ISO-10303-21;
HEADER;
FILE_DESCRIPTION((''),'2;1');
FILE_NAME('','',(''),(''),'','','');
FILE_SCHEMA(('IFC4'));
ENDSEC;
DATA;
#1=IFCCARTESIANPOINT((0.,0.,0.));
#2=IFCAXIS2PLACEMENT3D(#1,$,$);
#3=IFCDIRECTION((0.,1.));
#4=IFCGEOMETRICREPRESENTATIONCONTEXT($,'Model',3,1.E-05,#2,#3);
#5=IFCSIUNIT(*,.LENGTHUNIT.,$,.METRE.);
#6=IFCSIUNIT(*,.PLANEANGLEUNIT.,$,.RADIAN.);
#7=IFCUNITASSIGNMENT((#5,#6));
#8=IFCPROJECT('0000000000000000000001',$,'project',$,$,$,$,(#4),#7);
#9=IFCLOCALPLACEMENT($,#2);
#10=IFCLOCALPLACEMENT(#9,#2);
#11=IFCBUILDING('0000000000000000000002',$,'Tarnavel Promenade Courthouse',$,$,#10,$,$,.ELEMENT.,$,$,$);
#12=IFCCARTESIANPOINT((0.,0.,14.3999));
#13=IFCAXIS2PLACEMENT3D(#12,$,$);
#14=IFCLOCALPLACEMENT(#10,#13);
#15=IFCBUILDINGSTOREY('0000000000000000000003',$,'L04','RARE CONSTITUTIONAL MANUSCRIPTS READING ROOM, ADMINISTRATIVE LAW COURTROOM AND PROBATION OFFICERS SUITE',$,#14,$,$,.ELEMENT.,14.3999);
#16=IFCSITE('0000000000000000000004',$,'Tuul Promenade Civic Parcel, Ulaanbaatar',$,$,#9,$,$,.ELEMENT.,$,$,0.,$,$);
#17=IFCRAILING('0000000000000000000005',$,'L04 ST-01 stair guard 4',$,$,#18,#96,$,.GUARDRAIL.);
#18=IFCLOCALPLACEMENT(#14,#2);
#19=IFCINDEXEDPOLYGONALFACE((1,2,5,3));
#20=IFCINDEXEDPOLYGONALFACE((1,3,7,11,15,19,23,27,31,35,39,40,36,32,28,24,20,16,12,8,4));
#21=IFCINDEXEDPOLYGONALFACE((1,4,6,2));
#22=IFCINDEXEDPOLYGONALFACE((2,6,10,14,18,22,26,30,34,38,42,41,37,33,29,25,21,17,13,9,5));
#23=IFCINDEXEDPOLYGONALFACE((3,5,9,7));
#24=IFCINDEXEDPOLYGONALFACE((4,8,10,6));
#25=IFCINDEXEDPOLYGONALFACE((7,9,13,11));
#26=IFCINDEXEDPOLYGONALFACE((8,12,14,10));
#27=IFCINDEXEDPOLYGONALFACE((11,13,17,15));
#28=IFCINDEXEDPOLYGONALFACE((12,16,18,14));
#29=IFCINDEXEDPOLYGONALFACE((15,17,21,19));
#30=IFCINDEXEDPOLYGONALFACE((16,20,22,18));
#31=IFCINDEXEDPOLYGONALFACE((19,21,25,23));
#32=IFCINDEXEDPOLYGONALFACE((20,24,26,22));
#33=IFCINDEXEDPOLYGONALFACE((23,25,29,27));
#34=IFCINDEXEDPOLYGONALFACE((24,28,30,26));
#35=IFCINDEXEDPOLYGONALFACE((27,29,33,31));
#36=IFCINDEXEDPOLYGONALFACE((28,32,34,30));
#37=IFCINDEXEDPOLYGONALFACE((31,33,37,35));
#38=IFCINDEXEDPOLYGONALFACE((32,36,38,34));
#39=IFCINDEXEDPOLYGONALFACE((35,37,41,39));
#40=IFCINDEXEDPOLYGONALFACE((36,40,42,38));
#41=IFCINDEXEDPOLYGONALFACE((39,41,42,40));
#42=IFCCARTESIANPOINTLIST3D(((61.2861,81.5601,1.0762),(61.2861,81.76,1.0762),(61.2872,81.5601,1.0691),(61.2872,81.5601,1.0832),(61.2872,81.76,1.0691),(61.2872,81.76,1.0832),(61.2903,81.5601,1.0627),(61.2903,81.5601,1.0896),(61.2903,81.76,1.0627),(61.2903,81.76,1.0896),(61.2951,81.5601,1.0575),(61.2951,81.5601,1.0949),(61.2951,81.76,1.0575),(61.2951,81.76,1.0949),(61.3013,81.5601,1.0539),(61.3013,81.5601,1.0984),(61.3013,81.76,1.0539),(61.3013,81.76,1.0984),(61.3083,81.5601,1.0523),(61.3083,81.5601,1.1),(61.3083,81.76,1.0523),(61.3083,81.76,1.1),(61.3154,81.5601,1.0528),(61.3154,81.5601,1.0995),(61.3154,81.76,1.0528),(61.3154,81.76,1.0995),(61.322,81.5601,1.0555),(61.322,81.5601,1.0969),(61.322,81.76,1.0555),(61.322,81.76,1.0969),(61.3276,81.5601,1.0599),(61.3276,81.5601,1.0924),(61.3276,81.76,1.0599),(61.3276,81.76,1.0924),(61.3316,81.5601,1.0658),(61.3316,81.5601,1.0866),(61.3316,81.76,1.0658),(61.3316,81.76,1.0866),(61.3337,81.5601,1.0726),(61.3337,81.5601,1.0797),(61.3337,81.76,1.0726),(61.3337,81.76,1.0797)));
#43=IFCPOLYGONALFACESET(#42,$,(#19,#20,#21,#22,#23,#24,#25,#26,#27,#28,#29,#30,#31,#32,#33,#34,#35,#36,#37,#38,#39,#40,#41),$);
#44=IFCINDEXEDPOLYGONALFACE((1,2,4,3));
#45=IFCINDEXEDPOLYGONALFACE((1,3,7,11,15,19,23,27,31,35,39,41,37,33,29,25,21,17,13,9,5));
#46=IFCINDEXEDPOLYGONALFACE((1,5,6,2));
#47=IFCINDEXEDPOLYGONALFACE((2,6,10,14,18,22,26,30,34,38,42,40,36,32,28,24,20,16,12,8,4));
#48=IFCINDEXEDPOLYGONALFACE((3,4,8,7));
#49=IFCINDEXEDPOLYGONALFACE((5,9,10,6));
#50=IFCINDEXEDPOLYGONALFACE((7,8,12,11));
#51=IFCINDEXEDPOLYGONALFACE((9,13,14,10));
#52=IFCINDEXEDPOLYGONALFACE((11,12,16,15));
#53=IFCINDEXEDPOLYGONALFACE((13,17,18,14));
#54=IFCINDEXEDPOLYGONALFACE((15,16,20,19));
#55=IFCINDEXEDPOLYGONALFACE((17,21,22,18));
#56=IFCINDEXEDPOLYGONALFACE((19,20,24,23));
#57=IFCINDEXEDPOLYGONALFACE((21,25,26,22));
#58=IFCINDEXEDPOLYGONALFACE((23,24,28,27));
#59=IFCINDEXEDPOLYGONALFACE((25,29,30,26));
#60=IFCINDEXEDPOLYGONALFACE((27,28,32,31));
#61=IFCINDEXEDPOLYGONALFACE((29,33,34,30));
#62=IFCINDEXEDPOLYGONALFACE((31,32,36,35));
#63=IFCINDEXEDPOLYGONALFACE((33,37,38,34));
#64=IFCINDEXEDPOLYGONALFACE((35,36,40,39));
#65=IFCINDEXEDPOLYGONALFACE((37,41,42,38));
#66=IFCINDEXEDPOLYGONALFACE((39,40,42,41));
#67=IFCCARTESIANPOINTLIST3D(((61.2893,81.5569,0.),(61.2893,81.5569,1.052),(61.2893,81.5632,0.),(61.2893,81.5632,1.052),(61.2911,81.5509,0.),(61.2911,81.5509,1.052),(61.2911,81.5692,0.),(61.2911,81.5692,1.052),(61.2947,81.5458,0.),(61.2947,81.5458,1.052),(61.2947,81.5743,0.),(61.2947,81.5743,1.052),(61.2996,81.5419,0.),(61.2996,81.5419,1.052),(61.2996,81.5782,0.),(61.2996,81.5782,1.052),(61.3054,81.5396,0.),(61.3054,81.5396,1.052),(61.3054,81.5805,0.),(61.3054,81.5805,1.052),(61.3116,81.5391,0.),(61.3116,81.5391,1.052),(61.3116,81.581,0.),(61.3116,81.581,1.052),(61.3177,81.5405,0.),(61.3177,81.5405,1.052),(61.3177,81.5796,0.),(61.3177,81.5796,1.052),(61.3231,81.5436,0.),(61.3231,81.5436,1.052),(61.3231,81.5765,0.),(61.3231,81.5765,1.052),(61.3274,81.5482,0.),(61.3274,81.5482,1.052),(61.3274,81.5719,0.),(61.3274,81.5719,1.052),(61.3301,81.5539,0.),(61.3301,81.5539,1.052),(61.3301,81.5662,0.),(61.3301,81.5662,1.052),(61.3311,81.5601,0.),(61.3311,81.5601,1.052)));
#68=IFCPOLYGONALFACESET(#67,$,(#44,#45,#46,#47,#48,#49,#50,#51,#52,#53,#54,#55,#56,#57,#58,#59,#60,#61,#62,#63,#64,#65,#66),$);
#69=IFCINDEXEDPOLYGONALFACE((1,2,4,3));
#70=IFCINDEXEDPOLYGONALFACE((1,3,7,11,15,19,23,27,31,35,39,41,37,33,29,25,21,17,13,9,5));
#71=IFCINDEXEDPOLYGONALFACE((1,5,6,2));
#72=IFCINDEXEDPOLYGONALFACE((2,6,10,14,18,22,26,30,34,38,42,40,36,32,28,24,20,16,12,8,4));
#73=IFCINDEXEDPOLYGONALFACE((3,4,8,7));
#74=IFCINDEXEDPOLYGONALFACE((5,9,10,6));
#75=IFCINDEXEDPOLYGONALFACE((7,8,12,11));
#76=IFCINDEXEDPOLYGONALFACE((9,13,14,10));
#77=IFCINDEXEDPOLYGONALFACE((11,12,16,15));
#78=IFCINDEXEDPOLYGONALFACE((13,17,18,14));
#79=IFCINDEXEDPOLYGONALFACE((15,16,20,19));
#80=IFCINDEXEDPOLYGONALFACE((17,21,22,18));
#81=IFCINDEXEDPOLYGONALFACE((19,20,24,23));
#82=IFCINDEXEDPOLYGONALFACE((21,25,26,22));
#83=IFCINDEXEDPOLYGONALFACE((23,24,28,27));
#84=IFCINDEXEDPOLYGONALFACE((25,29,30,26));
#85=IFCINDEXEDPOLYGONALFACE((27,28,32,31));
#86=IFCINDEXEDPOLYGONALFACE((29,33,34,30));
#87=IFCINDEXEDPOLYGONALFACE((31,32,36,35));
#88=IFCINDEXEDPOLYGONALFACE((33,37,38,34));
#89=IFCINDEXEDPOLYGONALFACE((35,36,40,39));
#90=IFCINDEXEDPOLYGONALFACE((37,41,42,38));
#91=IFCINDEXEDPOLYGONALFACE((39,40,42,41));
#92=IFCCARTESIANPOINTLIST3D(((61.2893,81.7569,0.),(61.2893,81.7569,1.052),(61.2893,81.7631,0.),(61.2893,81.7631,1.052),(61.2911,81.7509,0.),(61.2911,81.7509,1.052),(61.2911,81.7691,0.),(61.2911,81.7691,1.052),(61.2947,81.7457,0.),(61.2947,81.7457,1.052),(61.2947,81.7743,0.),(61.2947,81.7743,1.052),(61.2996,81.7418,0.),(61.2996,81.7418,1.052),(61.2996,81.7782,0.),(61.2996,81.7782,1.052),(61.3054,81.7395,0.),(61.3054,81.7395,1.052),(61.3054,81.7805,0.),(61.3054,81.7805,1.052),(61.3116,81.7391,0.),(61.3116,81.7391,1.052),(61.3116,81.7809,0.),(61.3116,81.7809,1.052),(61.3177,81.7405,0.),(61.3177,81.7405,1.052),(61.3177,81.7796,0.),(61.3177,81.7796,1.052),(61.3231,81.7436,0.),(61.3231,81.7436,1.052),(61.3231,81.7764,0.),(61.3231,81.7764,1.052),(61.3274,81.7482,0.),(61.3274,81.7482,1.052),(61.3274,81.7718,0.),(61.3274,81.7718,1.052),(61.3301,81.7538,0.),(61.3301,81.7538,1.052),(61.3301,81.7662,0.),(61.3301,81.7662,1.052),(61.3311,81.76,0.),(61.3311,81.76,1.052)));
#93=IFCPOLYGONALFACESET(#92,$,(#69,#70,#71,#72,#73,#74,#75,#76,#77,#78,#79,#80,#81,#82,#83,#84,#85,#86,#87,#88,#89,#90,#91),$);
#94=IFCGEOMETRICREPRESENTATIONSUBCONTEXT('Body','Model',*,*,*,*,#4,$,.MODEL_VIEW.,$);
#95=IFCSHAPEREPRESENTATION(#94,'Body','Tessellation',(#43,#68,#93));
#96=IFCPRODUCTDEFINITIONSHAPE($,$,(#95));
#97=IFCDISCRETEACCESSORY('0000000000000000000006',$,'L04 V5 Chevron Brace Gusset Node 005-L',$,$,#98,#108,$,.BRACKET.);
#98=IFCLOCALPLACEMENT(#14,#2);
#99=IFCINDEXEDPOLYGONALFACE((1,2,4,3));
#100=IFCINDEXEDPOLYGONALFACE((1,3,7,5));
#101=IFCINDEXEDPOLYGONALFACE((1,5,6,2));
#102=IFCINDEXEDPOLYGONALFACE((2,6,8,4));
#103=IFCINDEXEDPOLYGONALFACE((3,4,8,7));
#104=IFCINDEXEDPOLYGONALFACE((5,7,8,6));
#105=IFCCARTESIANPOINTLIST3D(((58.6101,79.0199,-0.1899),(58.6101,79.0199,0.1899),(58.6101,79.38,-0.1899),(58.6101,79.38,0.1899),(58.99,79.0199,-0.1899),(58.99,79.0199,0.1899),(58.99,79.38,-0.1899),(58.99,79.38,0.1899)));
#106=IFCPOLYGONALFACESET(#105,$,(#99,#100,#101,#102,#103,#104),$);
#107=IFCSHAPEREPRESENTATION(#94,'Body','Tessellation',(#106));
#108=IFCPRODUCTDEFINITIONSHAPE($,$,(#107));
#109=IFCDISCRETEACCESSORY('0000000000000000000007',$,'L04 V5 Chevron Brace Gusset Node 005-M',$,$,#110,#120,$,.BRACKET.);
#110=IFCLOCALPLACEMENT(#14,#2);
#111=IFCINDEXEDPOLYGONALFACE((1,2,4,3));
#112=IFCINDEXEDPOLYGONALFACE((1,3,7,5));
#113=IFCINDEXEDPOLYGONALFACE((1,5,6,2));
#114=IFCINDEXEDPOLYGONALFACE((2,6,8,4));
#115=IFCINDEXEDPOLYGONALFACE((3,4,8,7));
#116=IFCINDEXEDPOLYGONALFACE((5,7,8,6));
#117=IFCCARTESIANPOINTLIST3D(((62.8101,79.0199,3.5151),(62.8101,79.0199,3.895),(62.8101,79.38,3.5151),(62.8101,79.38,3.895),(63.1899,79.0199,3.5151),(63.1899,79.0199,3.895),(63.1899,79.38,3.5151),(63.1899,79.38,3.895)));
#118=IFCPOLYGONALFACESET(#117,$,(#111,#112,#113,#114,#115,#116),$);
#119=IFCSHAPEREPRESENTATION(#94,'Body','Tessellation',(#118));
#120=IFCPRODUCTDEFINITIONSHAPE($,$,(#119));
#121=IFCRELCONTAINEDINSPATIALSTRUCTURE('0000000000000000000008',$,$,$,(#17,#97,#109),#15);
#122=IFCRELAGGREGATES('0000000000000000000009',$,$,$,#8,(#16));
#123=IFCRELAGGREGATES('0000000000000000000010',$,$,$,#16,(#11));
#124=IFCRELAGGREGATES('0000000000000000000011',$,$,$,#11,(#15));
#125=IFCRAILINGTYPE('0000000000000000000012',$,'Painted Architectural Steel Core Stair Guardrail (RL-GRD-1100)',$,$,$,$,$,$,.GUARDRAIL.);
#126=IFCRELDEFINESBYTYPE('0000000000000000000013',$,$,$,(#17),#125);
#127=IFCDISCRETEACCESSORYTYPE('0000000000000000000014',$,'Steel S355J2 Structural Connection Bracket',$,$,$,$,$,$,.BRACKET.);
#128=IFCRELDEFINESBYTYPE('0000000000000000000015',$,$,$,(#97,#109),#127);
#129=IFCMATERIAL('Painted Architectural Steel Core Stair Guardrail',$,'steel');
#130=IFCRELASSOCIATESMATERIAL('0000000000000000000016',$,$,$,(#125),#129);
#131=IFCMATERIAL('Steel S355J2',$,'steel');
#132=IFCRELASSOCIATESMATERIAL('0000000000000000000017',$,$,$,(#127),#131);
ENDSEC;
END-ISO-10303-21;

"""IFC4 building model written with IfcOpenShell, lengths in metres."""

from ifc_helpers import new_model, si_unit, direction, frame, origin, origin_2d, place, context, subcontext, project, spatial, rectangle, circle, extrude, material, type_object, element, save


model = new_model("IFC4")

# Units and contexts
model_context = context("Model", 3, precision=1e-05, world=origin(), true_north=direction((0.0, 1.0)))
body_context = subcontext(model_context, "Body", "Model", "MODEL_VIEW")
ifc_project = project(units=[si_unit("LENGTHUNIT", "METRE"), si_unit("PLANEANGLEUNIT", "RADIAN")], contexts=[model_context])

# Site, building, storey
site_placement = place(None, origin())
site = spatial("IfcSite", under=ifc_project, at=site_placement, Name="Tuul Promenade Civic Parcel, Ulaanbaatar", CompositionType="ELEMENT", RefElevation=0.0)
building_placement = place(site_placement, origin())
building = spatial("IfcBuilding", under=site, at=building_placement, Name="Tarnavel Promenade Courthouse", CompositionType="ELEMENT")
storey_placement = place(building_placement, frame((0.0, 0.0, 14.3999)))
storey = spatial("IfcBuildingStorey", under=building, at=storey_placement, Name="L04", Description="RARE CONSTITUTIONAL MANUSCRIPTS READING ROOM, ADMINISTRATIVE LAW COURTROOM AND PROBATION OFFICERS SUITE", CompositionType="ELEMENT", Elevation=14.3999)

# Shared definitions
ifc_material_1 = material(Name="Steel S355J2", Category="steel")

# Railing
ifc_material_2 = material(Name="Painted Architectural Steel Core Stair Guardrail", Category="steel")
railing_type_1 = type_object("IfcRailingType", Name="Painted Architectural Steel Core Stair Guardrail (RL-GRD-1100)", PredefinedType="GUARDRAIL", material=ifc_material_2)
railing_1_placement = place(storey_placement, frame((61.3101, 81.5601, 0.0)))
element("IfcRailing", 1, at=railing_1_placement, inside=storey, type_object=railing_type_1, Name="L04 ST-01 stair guard 4", PredefinedType="GUARDRAIL", context=body_context, shape_type="SweptSolid", body=[
    extrude(circle(Radius=0.0239, at=origin_2d()), frame((0.0, 0.0, 1.0762), z_axis=(0.0, 1.0, 0.0), x_axis=(-1.0, 0.0, 0.0)), (0.0, 0.0, 1.0), 0.2),
    extrude(circle(Radius=0.021, at=origin_2d()), origin(), (0.0, 0.0, 1.0), 1.052),
    extrude(circle(Radius=0.021, at=origin_2d()), frame((0.0, 0.2, 0.0)), (0.0, 0.0, 1.0), 1.052),
])

# Discrete accessories
discrete_accessory_type = type_object("IfcDiscreteAccessoryType", Name="Steel S355J2 Structural Connection Bracket", PredefinedType="BRACKET", material=ifc_material_1)
for number, where, z_axis, x_axis, name in (
    (2, (58.8, 79.2, -0.1899), (0.0, 0.0, 1.0), (1.0, 0.0, 0.0), "L04 V5 Chevron Brace Gusset Node 005-L"),
    (3, (63.0, 79.2, 3.5151), (0.0, 0.0, 1.0), (1.0, 0.0, 0.0), "L04 V5 Chevron Brace Gusset Node 005-M"),
):
    element("IfcDiscreteAccessory", number, at=place(storey_placement, frame(where, z_axis=z_axis, x_axis=x_axis)), inside=storey, type_object=discrete_accessory_type, Name=name, PredefinedType="BRACKET", context=body_context, shape_type="SweptSolid", body=[
        extrude(rectangle(XDim=0.3799, YDim=0.3601, at=origin_2d()), origin(), (0.0, 0.0, 1.0), 0.3799),
    ])

save(model, "model.ifc")
